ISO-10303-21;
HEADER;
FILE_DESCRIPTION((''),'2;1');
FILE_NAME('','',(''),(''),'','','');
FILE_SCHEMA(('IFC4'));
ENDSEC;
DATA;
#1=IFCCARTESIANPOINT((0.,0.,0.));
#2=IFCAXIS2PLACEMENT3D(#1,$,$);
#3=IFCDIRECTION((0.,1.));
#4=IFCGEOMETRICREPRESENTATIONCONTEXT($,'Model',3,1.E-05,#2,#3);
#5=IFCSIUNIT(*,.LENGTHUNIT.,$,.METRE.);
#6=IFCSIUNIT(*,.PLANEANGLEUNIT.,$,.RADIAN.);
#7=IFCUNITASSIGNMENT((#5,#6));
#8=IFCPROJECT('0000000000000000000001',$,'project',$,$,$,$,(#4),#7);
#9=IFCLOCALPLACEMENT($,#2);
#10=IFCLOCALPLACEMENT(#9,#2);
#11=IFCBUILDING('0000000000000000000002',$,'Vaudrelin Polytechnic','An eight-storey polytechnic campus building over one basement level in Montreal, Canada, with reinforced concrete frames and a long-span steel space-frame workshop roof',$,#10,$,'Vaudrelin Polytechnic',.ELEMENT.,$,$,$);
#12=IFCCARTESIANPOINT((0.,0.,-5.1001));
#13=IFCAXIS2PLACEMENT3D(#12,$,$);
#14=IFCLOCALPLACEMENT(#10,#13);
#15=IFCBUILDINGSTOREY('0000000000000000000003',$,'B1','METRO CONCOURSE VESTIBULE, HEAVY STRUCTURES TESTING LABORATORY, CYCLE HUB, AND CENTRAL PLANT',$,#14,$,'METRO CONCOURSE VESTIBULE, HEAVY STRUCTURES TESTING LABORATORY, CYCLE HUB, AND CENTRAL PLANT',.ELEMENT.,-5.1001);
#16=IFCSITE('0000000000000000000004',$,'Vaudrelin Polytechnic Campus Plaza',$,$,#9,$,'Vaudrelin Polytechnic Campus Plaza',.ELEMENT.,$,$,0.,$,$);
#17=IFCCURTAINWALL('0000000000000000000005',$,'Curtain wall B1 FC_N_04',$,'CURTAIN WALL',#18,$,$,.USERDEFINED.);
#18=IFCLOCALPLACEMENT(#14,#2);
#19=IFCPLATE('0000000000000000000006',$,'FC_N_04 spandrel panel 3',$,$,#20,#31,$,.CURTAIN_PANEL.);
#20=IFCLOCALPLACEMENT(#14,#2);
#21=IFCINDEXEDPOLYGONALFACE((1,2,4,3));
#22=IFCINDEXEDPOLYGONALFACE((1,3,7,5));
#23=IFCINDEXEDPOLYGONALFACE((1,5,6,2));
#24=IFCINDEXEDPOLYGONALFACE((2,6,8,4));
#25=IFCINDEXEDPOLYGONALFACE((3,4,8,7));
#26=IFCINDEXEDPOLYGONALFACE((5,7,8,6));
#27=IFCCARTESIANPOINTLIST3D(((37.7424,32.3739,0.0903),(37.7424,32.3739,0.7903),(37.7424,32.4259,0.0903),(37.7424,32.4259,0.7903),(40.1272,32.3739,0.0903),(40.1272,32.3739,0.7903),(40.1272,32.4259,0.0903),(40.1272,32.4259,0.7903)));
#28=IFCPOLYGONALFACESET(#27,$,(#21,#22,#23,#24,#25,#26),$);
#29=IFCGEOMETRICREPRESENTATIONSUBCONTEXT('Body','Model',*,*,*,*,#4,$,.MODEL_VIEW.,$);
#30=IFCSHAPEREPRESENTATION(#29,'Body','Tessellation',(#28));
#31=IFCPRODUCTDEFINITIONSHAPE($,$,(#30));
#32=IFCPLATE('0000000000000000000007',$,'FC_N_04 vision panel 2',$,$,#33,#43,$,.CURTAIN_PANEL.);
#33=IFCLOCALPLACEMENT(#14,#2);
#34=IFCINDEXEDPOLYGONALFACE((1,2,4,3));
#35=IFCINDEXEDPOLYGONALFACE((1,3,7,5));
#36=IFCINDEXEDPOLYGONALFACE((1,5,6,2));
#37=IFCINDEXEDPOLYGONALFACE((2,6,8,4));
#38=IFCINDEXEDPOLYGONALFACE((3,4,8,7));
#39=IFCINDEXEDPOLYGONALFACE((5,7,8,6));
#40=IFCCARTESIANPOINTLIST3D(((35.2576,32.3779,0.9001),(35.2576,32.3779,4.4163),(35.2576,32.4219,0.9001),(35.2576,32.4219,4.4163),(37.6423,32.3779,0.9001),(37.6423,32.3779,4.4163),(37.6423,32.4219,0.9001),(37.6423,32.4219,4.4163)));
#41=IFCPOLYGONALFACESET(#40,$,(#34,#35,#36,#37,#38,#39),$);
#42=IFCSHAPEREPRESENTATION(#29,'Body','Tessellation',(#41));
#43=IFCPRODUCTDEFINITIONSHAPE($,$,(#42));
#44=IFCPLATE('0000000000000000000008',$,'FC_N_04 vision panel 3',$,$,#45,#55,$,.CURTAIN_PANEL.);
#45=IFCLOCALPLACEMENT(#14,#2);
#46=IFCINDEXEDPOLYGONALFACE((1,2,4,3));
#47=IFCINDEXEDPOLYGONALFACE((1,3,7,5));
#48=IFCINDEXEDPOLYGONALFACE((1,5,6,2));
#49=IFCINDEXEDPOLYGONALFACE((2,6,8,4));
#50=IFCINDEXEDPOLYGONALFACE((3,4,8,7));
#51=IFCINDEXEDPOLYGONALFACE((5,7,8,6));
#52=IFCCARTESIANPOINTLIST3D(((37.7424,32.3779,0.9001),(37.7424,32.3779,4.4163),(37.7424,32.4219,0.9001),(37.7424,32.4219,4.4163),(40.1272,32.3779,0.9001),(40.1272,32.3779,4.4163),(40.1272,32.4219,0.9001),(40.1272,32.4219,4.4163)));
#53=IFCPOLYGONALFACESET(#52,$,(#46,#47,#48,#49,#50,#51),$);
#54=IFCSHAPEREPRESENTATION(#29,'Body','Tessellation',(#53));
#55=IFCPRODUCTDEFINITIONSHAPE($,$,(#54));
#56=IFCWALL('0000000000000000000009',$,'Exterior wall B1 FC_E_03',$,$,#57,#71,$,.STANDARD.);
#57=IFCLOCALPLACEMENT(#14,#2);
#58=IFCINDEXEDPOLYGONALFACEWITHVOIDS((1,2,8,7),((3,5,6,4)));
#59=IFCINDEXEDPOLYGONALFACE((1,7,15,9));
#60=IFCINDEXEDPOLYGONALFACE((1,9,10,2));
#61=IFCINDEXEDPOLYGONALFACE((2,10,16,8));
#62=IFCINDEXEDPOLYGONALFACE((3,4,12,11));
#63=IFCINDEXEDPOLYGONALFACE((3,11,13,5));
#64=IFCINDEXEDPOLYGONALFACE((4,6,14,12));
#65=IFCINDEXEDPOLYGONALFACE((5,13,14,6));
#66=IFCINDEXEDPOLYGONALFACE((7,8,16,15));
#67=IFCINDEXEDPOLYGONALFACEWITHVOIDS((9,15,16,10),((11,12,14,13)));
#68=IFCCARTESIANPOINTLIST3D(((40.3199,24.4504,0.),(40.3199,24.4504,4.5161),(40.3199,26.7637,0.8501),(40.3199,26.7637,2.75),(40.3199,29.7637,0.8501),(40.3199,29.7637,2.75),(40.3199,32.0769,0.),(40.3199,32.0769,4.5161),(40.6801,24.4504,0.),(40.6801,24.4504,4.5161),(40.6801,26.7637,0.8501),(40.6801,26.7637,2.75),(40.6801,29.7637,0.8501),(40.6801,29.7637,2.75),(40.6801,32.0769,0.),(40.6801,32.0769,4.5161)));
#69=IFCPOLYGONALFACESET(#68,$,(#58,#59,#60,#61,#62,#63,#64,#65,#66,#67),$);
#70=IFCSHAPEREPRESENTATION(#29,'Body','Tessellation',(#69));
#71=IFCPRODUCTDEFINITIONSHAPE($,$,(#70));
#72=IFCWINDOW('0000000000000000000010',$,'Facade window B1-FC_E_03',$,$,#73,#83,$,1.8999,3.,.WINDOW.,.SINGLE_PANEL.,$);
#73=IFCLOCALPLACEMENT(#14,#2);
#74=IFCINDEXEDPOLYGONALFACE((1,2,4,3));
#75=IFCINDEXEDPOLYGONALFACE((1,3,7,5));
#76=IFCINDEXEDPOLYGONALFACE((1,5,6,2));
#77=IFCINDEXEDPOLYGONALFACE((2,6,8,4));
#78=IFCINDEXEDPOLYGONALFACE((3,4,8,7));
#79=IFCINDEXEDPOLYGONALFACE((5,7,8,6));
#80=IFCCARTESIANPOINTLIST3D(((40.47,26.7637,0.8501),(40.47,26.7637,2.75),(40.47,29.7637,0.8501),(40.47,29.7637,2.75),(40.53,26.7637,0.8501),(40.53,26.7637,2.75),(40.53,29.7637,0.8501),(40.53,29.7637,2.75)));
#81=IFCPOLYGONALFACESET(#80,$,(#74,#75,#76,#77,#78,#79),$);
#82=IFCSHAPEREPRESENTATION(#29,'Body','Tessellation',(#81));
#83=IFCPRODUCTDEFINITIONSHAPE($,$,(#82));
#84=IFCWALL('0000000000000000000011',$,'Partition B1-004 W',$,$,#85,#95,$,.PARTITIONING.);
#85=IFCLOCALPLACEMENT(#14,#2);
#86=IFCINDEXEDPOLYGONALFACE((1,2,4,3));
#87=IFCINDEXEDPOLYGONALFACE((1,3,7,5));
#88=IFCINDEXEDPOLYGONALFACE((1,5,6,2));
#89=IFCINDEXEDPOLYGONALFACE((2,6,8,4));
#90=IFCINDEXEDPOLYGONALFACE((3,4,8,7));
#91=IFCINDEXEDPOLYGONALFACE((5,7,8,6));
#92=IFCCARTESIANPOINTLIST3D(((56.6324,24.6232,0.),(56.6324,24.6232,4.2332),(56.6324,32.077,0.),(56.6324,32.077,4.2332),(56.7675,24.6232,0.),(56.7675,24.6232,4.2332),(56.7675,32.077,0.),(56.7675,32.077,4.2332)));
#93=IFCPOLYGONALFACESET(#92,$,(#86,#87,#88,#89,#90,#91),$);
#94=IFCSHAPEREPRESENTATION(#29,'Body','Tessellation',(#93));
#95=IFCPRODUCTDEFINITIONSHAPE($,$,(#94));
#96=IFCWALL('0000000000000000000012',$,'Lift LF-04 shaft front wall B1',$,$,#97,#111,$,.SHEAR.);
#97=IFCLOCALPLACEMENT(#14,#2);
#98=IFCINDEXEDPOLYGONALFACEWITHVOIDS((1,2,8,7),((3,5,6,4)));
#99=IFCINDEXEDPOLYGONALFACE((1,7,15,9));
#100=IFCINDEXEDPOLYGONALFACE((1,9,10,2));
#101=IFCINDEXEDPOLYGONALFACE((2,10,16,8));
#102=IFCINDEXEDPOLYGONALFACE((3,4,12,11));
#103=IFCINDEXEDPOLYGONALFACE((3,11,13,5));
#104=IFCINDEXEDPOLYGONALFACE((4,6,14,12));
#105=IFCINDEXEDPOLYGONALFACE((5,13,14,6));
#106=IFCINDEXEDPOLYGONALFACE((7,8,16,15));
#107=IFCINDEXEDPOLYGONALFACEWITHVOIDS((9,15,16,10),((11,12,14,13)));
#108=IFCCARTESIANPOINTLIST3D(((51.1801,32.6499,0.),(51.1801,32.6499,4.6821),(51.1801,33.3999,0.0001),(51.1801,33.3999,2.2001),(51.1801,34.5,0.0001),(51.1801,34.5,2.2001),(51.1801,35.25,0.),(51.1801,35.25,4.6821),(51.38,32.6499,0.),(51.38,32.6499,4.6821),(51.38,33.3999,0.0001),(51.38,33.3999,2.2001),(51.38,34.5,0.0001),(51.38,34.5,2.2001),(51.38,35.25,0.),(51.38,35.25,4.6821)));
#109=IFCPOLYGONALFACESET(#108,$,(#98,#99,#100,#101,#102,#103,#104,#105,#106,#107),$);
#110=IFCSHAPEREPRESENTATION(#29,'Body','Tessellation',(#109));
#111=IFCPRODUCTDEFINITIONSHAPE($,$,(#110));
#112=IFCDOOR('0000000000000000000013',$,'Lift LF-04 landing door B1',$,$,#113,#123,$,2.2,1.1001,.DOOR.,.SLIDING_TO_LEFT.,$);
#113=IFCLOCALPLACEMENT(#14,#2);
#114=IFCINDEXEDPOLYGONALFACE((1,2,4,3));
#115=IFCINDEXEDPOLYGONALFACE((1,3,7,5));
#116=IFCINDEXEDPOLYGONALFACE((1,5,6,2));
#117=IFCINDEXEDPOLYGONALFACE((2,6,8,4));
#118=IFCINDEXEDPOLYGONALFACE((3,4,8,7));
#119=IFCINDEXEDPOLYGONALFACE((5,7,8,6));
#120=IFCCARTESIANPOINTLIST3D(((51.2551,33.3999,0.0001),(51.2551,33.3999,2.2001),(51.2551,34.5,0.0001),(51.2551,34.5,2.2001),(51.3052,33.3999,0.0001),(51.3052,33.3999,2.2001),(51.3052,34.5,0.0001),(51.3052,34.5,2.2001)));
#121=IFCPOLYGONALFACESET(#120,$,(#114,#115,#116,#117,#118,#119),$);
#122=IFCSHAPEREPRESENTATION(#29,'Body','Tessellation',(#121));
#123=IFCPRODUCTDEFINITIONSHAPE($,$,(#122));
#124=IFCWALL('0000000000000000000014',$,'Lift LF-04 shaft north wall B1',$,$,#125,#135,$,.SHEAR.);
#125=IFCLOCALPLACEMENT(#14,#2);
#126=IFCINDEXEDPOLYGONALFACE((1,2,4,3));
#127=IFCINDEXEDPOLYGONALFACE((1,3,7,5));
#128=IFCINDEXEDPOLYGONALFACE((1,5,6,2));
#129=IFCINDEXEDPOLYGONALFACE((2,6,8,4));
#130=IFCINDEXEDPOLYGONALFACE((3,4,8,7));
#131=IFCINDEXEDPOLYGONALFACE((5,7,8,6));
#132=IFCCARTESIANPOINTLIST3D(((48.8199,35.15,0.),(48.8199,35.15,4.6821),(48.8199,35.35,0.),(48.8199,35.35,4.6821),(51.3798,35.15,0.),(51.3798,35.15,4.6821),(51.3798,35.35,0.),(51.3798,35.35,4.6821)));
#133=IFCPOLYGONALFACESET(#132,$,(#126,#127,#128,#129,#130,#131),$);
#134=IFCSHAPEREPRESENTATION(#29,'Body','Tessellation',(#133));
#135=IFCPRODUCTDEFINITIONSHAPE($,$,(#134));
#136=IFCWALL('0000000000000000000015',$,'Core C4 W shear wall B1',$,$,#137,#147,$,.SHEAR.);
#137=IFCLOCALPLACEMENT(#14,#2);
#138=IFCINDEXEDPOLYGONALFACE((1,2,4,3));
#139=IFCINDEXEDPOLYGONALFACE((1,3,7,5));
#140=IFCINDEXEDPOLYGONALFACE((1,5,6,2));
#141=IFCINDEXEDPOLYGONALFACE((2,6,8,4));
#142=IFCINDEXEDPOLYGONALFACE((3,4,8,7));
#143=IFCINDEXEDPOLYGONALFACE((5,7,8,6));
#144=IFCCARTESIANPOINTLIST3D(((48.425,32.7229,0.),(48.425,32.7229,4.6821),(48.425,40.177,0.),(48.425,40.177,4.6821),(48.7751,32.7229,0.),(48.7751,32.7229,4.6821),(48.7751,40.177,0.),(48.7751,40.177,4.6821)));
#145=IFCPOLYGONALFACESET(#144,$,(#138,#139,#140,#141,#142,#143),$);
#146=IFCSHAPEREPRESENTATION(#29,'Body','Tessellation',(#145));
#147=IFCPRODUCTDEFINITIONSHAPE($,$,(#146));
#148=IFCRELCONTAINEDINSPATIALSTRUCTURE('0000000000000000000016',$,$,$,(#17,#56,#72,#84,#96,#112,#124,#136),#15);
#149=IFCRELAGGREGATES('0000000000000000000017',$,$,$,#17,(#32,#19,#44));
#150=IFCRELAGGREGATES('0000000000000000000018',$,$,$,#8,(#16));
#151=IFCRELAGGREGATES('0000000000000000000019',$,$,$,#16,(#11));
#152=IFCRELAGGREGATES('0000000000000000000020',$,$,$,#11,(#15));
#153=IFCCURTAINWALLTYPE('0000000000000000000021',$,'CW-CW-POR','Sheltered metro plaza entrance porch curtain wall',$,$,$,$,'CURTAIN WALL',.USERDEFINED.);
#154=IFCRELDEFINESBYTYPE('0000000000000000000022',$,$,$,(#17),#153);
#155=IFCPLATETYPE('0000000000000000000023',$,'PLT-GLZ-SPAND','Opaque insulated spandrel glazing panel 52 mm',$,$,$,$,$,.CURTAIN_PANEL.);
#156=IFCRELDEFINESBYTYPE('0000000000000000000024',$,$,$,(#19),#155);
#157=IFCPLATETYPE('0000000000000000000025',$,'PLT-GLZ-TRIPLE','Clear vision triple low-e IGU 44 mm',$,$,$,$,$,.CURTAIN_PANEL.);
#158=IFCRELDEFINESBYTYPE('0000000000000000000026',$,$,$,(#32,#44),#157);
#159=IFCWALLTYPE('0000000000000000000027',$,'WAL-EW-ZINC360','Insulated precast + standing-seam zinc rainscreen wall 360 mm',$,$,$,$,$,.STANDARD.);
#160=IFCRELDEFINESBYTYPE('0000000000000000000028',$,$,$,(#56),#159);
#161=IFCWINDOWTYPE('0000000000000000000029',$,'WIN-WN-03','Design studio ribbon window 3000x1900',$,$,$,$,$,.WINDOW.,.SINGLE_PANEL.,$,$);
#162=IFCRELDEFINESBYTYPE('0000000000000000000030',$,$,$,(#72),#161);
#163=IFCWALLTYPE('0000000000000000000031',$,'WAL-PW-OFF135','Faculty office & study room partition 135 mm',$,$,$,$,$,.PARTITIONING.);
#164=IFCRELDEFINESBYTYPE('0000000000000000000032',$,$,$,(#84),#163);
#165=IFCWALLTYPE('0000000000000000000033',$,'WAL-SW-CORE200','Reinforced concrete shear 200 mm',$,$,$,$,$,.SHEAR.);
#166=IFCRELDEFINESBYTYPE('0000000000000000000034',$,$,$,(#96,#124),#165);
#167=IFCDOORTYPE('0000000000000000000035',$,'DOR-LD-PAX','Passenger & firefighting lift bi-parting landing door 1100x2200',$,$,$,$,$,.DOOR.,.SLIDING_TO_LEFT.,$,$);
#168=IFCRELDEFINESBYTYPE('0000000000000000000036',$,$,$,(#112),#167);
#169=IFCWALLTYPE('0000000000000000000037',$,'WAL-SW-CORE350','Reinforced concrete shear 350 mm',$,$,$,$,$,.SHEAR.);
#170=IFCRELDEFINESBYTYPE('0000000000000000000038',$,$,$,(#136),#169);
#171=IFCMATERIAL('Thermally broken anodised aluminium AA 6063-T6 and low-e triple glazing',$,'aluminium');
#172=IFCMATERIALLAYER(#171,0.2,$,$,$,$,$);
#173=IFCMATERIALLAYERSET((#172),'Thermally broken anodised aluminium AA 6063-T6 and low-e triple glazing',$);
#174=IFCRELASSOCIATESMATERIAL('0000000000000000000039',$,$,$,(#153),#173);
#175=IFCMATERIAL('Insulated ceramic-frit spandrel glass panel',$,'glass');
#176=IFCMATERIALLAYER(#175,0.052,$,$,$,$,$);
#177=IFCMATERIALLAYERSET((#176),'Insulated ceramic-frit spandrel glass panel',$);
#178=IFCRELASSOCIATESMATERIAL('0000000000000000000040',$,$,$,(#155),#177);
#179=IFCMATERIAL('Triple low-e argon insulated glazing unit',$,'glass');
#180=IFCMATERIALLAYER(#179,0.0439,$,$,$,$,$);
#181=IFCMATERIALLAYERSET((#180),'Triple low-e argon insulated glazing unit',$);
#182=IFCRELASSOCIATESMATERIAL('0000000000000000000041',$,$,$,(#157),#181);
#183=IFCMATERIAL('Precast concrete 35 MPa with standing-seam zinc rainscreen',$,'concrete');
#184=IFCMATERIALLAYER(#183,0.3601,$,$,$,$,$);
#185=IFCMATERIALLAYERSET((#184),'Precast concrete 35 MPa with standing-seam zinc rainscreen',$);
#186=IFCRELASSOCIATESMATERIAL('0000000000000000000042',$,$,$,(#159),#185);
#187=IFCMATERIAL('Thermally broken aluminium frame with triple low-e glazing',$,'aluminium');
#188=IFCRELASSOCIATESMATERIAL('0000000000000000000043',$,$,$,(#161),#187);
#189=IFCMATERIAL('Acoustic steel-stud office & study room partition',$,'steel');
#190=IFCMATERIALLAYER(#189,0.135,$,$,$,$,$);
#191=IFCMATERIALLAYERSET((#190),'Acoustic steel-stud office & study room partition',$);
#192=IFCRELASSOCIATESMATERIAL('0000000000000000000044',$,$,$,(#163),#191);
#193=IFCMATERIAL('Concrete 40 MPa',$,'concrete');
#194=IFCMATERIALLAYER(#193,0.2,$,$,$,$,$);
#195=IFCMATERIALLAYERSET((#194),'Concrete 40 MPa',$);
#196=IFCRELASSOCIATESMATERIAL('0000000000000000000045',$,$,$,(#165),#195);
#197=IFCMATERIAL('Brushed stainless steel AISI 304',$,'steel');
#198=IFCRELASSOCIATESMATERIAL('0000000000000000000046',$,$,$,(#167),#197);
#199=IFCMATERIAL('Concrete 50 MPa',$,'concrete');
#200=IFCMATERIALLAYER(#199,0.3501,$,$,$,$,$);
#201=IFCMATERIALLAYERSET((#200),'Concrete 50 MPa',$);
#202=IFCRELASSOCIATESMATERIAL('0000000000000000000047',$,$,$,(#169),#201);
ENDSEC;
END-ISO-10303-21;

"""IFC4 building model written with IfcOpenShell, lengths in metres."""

from ifc_helpers import new_model, si_unit, direction, frame, frame_2d, origin, origin_2d, place, context, subcontext, project, spatial, rectangle, extrude, material, layer, layer_set, type_object, element, fill, aggregate, save


model = new_model("IFC4")

# Units and contexts
model_context = context("Model", 3, precision=1e-05, world=origin(), true_north=direction((0.0, 1.0)))
body_context = subcontext(model_context, "Body", "Model", "MODEL_VIEW")
ifc_project = project(units=[si_unit("LENGTHUNIT", "METRE"), si_unit("PLANEANGLEUNIT", "RADIAN")], contexts=[model_context])

# Site, building, storey
site_placement = place(None, origin())
site = spatial("IfcSite", under=ifc_project, at=site_placement, Name="Vaudrelin Polytechnic Campus Plaza", LongName="Vaudrelin Polytechnic Campus Plaza", CompositionType="ELEMENT", RefElevation=0.0)
building_placement = place(site_placement, origin())
building = spatial("IfcBuilding", under=site, at=building_placement, Name="Vaudrelin Polytechnic", Description="An eight-storey polytechnic campus building over one basement level in Montreal, Canada, with reinforced concrete frames and a long-span steel space-frame workshop roof", LongName="Vaudrelin Polytechnic", CompositionType="ELEMENT")
storey_placement = place(building_placement, frame((0.0, 0.0, -5.1001)))
storey = spatial("IfcBuildingStorey", under=building, at=storey_placement, Name="B1", Description="METRO CONCOURSE VESTIBULE, HEAVY STRUCTURES TESTING LABORATORY, CYCLE HUB, AND CENTRAL PLANT", LongName="METRO CONCOURSE VESTIBULE, HEAVY STRUCTURES TESTING LABORATORY, CYCLE HUB, AND CENTRAL PLANT", CompositionType="ELEMENT", Elevation=-5.1001)

# Shared definitions
ifc_material_1 = material(Name="Concrete 40 MPa", Category="concrete")

# Shared definitions
ifc_material_2 = material(Name="Concrete 50 MPa", Category="concrete")

# Curtain wall, plates
ifc_material_3 = material(Name="Thermally broken anodised aluminium AA 6063-T6 and low-e triple glazing", Category="aluminium")
ifc_layer_1 = layer(ifc_material_3, 0.2)
ifc_layer_set_1 = layer_set([ifc_layer_1], Name="Thermally broken anodised aluminium AA 6063-T6 and low-e triple glazing")
curtain_wall_type = type_object("IfcCurtainWallType", Name="CW-CW-POR", Description="Sheltered metro plaza entrance porch curtain wall", ElementType="CURTAIN WALL", PredefinedType="USERDEFINED", material=ifc_layer_set_1)
curtain_wall_placement = place(storey_placement, origin())
curtain_wall = element("IfcCurtainWall", 1, at=curtain_wall_placement, inside=storey, type_object=curtain_wall_type, Name="Curtain wall B1 FC_N_04", ObjectType="CURTAIN WALL", PredefinedType="USERDEFINED")
ifc_material_4 = material(Name="Insulated ceramic-frit spandrel glass panel", Category="glass")
ifc_layer_2 = layer(ifc_material_4, 0.052)
ifc_layer_set_2 = layer_set([ifc_layer_2], Name="Insulated ceramic-frit spandrel glass panel")
plate_type_1 = type_object("IfcPlateType", Name="PLT-GLZ-SPAND", Description="Opaque insulated spandrel glazing panel 52 mm", PredefinedType="CURTAIN_PANEL", material=ifc_layer_set_2)
plate_1_placement = place(storey_placement, frame((38.9348, 32.3999, 0.0903), z_axis=(0.0, 0.0, 1.0), x_axis=(1.0, 0.0, 0.0)))
plate_1 = element("IfcPlate", 2, at=plate_1_placement, type_object=plate_type_1, Name="FC_N_04 spandrel panel 3", PredefinedType="CURTAIN_PANEL", context=body_context, shape_type="SweptSolid", body=[
    extrude(rectangle(XDim=2.3848, YDim=0.052, at=origin_2d()), origin(), (0.0, 0.0, 1.0), 0.7),
])
ifc_material_5 = material(Name="Triple low-e argon insulated glazing unit", Category="glass")
ifc_layer_3 = layer(ifc_material_5, 0.0439)
ifc_layer_set_3 = layer_set([ifc_layer_3], Name="Triple low-e argon insulated glazing unit")
plate_type_2 = type_object("IfcPlateType", Name="PLT-GLZ-TRIPLE", Description="Clear vision triple low-e IGU 44 mm", PredefinedType="CURTAIN_PANEL", material=ifc_layer_set_3)
plate_2_placement = place(storey_placement, frame((36.45, 32.3999, 0.9001), z_axis=(0.0, 0.0, 1.0), x_axis=(1.0, 0.0, 0.0)))
plate_2 = element("IfcPlate", 3, at=plate_2_placement, type_object=plate_type_2, Name="FC_N_04 vision panel 2", PredefinedType="CURTAIN_PANEL", context=body_context, shape_type="SweptSolid", body=[
    extrude(rectangle(XDim=2.3848, YDim=0.0439, at=origin_2d()), origin(), (0.0, 0.0, 1.0), 3.5161),
])
plate_3_placement = place(storey_placement, frame((38.9348, 32.3999, 0.9001), z_axis=(0.0, 0.0, 1.0), x_axis=(1.0, 0.0, 0.0)))
plate_3 = element("IfcPlate", 4, at=plate_3_placement, type_object=plate_type_2, Name="FC_N_04 vision panel 3", PredefinedType="CURTAIN_PANEL", context=body_context, shape_type="SweptSolid", body=[
    extrude(rectangle(XDim=2.3848, YDim=0.0439, at=origin_2d()), origin(), (0.0, 0.0, 1.0), 3.5161),
])
aggregate(curtain_wall, [plate_2, plate_1, plate_3])

# Wall, opening, window
ifc_material_6 = material(Name="Precast concrete 35 MPa with standing-seam zinc rainscreen", Category="concrete")
ifc_layer_4 = layer(ifc_material_6, 0.3601)
ifc_layer_set_4 = layer_set([ifc_layer_4], Name="Precast concrete 35 MPa with standing-seam zinc rainscreen")
wall_type_1 = type_object("IfcWallType", Name="WAL-EW-ZINC360", Description="Insulated precast + standing-seam zinc rainscreen wall 360 mm", PredefinedType="STANDARD", material=ifc_layer_set_4)
wall_1_placement = place(storey_placement, frame((40.5, 24.4504, 0.0), z_axis=(0.0, 0.0, 1.0), x_axis=(0.0, 1.0, 0.0)))
wall_1 = element("IfcWall", 5, at=wall_1_placement, inside=storey, type_object=wall_type_1, Name="Exterior wall B1 FC_E_03", PredefinedType="STANDARD", context=body_context, shape_type="SweptSolid", body=[
    extrude(rectangle(XDim=7.6265, YDim=0.3601, at=frame_2d((3.8132, 0.0))), origin(), (0.0, 0.0, 1.0), 4.5161),
])
opening_1_placement = place(wall_1_placement, frame((2.3132, 0.0, 0.8501)))
opening_1 = element("IfcOpeningElement", 6, at=opening_1_placement, cuts=wall_1, PredefinedType="OPENING", context=body_context, shape_type="SweptSolid", body=[
    extrude(rectangle(XDim=3.0, YDim=1.8999, at=frame_2d((1.5, 0.95))), frame((0.0, 0.1899, 0.0), z_axis=(0.0, -1.0, 0.0), x_axis=(1.0, 0.0, 0.0)), (0.0, 0.0, 1.0), 0.3801),
])
ifc_material_7 = material(Name="Thermally broken aluminium frame with triple low-e glazing", Category="aluminium")
window_type = type_object("IfcWindowType", Name="WIN-WN-03", Description="Design studio ribbon window 3000x1900", PartitioningType="SINGLE_PANEL", PredefinedType="WINDOW", material=ifc_material_7)
window_placement = place(opening_1_placement, origin())
window = element("IfcWindow", 7, at=window_placement, inside=storey, type_object=window_type, Name="Facade window B1-FC_E_03", OverallHeight=1.8999, OverallWidth=3.0, PartitioningType="SINGLE_PANEL", PredefinedType="WINDOW", context=body_context, shape_type="SweptSolid", body=[
    extrude(rectangle(XDim=3.0, YDim=1.8999, at=frame_2d((1.5, 0.95))), frame((0.0, 0.03, 0.0), z_axis=(0.0, -1.0, 0.0), x_axis=(1.0, 0.0, 0.0)), (0.0, 0.0, 1.0), 0.0601),
])
fill(opening_1, window)

# Wall
ifc_material_8 = material(Name="Acoustic steel-stud office & study room partition", Category="steel")
ifc_layer_5 = layer(ifc_material_8, 0.135)
ifc_layer_set_5 = layer_set([ifc_layer_5], Name="Acoustic steel-stud office & study room partition")
wall_type_2 = type_object("IfcWallType", Name="WAL-PW-OFF135", Description="Faculty office & study room partition 135 mm", PredefinedType="PARTITIONING", material=ifc_layer_set_5)
wall_2_placement = place(storey_placement, frame((56.7, 24.623, 0.0), z_axis=(0.0, 0.0, 1.0), x_axis=(0.0, 1.0, 0.0)))
element("IfcWall", 8, at=wall_2_placement, inside=storey, type_object=wall_type_2, Name="Partition B1-004 W", PredefinedType="PARTITIONING", context=body_context, shape_type="SweptSolid", body=[
    extrude(rectangle(XDim=7.4539, YDim=0.135, at=frame_2d((3.7271, 0.0))), origin(), (0.0, 0.0, 1.0), 4.2332),
])

# Wall, opening, door
ifc_layer_6 = layer(ifc_material_1, 0.2)
ifc_layer_set_6 = layer_set([ifc_layer_6], Name="Concrete 40 MPa")
wall_type_3 = type_object("IfcWallType", Name="WAL-SW-CORE200", Description="Reinforced concrete shear 200 mm", PredefinedType="SHEAR", material=ifc_layer_set_6)
wall_3_placement = place(storey_placement, frame((51.28, 32.6499, 0.0), z_axis=(0.0, 0.0, 1.0), x_axis=(0.0, 1.0, 0.0)))
wall_3 = element("IfcWall", 9, at=wall_3_placement, inside=storey, type_object=wall_type_3, Name="Lift LF-04 shaft front wall B1", PredefinedType="SHEAR", context=body_context, shape_type="SweptSolid", body=[
    extrude(rectangle(XDim=2.6001, YDim=0.2, at=frame_2d((1.3, 0.0))), origin(), (0.0, 0.0, 1.0), 4.6821),
])
opening_2_placement = place(wall_3_placement, frame((0.75, 0.0, 0.0)))
opening_2 = element("IfcOpeningElement", 10, at=opening_2_placement, cuts=wall_3, PredefinedType="OPENING", context=body_context, shape_type="SweptSolid", body=[
    extrude(rectangle(XDim=1.1001, YDim=2.2, at=frame_2d((0.55, 1.1001))), frame((0.0, 0.1099, 0.0), z_axis=(0.0, -1.0, 0.0), x_axis=(1.0, 0.0, 0.0)), (0.0, 0.0, 1.0), 0.22),
])
ifc_material_9 = material(Name="Brushed stainless steel AISI 304", Category="steel")
door_type_1 = type_object("IfcDoorType", Name="DOR-LD-PAX", Description="Passenger & firefighting lift bi-parting landing door 1100x2200", OperationType="SLIDING_TO_LEFT", PredefinedType="DOOR", material=ifc_material_9)
door_1_placement = place(opening_2_placement, origin())
door_1 = element("IfcDoor", 11, at=door_1_placement, inside=storey, type_object=door_type_1, Name="Lift LF-04 landing door B1", OperationType="SLIDING_TO_LEFT", OverallHeight=2.2, OverallWidth=1.1001, PredefinedType="DOOR", context=body_context, shape_type="SweptSolid", body=[
    extrude(rectangle(XDim=1.1001, YDim=2.2, at=frame_2d((0.55, 1.1001))), frame((0.0, 0.0249, 0.0), z_axis=(0.0, -1.0, 0.0), x_axis=(1.0, 0.0, 0.0)), (0.0, 0.0, 1.0), 0.05),
])
fill(opening_2, door_1)

# Walls
wall_4_placement = place(storey_placement, frame((48.8201, 35.25, 0.0), z_axis=(0.0, 0.0, 1.0), x_axis=(1.0, 0.0, 0.0)))
element("IfcWall", 12, at=wall_4_placement, inside=storey, type_object=wall_type_3, Name="Lift LF-04 shaft north wall B1", PredefinedType="SHEAR", context=body_context, shape_type="SweptSolid", body=[
    extrude(rectangle(XDim=2.5598, YDim=0.2, at=frame_2d((1.2798, 0.0))), origin(), (0.0, 0.0, 1.0), 4.6821),
])
ifc_layer_7 = layer(ifc_material_2, 0.3501)
ifc_layer_set_7 = layer_set([ifc_layer_7], Name="Concrete 50 MPa")
wall_type_4 = type_object("IfcWallType", Name="WAL-SW-CORE350", Description="Reinforced concrete shear 350 mm", PredefinedType="SHEAR", material=ifc_layer_set_7)
wall_5_placement = place(storey_placement, frame((48.6001, 32.7229, 0.0), z_axis=(0.0, 0.0, 1.0), x_axis=(0.0, 1.0, 0.0)))
element("IfcWall", 13, at=wall_5_placement, inside=storey, type_object=wall_type_4, Name="Core C4 W shear wall B1", PredefinedType="SHEAR", context=body_context, shape_type="SweptSolid", body=[
    extrude(rectangle(XDim=7.4541, YDim=0.3501, at=frame_2d((3.7271, 0.0))), origin(), (0.0, 0.0, 1.0), 4.6821),
])

save(model, "model.ifc")
